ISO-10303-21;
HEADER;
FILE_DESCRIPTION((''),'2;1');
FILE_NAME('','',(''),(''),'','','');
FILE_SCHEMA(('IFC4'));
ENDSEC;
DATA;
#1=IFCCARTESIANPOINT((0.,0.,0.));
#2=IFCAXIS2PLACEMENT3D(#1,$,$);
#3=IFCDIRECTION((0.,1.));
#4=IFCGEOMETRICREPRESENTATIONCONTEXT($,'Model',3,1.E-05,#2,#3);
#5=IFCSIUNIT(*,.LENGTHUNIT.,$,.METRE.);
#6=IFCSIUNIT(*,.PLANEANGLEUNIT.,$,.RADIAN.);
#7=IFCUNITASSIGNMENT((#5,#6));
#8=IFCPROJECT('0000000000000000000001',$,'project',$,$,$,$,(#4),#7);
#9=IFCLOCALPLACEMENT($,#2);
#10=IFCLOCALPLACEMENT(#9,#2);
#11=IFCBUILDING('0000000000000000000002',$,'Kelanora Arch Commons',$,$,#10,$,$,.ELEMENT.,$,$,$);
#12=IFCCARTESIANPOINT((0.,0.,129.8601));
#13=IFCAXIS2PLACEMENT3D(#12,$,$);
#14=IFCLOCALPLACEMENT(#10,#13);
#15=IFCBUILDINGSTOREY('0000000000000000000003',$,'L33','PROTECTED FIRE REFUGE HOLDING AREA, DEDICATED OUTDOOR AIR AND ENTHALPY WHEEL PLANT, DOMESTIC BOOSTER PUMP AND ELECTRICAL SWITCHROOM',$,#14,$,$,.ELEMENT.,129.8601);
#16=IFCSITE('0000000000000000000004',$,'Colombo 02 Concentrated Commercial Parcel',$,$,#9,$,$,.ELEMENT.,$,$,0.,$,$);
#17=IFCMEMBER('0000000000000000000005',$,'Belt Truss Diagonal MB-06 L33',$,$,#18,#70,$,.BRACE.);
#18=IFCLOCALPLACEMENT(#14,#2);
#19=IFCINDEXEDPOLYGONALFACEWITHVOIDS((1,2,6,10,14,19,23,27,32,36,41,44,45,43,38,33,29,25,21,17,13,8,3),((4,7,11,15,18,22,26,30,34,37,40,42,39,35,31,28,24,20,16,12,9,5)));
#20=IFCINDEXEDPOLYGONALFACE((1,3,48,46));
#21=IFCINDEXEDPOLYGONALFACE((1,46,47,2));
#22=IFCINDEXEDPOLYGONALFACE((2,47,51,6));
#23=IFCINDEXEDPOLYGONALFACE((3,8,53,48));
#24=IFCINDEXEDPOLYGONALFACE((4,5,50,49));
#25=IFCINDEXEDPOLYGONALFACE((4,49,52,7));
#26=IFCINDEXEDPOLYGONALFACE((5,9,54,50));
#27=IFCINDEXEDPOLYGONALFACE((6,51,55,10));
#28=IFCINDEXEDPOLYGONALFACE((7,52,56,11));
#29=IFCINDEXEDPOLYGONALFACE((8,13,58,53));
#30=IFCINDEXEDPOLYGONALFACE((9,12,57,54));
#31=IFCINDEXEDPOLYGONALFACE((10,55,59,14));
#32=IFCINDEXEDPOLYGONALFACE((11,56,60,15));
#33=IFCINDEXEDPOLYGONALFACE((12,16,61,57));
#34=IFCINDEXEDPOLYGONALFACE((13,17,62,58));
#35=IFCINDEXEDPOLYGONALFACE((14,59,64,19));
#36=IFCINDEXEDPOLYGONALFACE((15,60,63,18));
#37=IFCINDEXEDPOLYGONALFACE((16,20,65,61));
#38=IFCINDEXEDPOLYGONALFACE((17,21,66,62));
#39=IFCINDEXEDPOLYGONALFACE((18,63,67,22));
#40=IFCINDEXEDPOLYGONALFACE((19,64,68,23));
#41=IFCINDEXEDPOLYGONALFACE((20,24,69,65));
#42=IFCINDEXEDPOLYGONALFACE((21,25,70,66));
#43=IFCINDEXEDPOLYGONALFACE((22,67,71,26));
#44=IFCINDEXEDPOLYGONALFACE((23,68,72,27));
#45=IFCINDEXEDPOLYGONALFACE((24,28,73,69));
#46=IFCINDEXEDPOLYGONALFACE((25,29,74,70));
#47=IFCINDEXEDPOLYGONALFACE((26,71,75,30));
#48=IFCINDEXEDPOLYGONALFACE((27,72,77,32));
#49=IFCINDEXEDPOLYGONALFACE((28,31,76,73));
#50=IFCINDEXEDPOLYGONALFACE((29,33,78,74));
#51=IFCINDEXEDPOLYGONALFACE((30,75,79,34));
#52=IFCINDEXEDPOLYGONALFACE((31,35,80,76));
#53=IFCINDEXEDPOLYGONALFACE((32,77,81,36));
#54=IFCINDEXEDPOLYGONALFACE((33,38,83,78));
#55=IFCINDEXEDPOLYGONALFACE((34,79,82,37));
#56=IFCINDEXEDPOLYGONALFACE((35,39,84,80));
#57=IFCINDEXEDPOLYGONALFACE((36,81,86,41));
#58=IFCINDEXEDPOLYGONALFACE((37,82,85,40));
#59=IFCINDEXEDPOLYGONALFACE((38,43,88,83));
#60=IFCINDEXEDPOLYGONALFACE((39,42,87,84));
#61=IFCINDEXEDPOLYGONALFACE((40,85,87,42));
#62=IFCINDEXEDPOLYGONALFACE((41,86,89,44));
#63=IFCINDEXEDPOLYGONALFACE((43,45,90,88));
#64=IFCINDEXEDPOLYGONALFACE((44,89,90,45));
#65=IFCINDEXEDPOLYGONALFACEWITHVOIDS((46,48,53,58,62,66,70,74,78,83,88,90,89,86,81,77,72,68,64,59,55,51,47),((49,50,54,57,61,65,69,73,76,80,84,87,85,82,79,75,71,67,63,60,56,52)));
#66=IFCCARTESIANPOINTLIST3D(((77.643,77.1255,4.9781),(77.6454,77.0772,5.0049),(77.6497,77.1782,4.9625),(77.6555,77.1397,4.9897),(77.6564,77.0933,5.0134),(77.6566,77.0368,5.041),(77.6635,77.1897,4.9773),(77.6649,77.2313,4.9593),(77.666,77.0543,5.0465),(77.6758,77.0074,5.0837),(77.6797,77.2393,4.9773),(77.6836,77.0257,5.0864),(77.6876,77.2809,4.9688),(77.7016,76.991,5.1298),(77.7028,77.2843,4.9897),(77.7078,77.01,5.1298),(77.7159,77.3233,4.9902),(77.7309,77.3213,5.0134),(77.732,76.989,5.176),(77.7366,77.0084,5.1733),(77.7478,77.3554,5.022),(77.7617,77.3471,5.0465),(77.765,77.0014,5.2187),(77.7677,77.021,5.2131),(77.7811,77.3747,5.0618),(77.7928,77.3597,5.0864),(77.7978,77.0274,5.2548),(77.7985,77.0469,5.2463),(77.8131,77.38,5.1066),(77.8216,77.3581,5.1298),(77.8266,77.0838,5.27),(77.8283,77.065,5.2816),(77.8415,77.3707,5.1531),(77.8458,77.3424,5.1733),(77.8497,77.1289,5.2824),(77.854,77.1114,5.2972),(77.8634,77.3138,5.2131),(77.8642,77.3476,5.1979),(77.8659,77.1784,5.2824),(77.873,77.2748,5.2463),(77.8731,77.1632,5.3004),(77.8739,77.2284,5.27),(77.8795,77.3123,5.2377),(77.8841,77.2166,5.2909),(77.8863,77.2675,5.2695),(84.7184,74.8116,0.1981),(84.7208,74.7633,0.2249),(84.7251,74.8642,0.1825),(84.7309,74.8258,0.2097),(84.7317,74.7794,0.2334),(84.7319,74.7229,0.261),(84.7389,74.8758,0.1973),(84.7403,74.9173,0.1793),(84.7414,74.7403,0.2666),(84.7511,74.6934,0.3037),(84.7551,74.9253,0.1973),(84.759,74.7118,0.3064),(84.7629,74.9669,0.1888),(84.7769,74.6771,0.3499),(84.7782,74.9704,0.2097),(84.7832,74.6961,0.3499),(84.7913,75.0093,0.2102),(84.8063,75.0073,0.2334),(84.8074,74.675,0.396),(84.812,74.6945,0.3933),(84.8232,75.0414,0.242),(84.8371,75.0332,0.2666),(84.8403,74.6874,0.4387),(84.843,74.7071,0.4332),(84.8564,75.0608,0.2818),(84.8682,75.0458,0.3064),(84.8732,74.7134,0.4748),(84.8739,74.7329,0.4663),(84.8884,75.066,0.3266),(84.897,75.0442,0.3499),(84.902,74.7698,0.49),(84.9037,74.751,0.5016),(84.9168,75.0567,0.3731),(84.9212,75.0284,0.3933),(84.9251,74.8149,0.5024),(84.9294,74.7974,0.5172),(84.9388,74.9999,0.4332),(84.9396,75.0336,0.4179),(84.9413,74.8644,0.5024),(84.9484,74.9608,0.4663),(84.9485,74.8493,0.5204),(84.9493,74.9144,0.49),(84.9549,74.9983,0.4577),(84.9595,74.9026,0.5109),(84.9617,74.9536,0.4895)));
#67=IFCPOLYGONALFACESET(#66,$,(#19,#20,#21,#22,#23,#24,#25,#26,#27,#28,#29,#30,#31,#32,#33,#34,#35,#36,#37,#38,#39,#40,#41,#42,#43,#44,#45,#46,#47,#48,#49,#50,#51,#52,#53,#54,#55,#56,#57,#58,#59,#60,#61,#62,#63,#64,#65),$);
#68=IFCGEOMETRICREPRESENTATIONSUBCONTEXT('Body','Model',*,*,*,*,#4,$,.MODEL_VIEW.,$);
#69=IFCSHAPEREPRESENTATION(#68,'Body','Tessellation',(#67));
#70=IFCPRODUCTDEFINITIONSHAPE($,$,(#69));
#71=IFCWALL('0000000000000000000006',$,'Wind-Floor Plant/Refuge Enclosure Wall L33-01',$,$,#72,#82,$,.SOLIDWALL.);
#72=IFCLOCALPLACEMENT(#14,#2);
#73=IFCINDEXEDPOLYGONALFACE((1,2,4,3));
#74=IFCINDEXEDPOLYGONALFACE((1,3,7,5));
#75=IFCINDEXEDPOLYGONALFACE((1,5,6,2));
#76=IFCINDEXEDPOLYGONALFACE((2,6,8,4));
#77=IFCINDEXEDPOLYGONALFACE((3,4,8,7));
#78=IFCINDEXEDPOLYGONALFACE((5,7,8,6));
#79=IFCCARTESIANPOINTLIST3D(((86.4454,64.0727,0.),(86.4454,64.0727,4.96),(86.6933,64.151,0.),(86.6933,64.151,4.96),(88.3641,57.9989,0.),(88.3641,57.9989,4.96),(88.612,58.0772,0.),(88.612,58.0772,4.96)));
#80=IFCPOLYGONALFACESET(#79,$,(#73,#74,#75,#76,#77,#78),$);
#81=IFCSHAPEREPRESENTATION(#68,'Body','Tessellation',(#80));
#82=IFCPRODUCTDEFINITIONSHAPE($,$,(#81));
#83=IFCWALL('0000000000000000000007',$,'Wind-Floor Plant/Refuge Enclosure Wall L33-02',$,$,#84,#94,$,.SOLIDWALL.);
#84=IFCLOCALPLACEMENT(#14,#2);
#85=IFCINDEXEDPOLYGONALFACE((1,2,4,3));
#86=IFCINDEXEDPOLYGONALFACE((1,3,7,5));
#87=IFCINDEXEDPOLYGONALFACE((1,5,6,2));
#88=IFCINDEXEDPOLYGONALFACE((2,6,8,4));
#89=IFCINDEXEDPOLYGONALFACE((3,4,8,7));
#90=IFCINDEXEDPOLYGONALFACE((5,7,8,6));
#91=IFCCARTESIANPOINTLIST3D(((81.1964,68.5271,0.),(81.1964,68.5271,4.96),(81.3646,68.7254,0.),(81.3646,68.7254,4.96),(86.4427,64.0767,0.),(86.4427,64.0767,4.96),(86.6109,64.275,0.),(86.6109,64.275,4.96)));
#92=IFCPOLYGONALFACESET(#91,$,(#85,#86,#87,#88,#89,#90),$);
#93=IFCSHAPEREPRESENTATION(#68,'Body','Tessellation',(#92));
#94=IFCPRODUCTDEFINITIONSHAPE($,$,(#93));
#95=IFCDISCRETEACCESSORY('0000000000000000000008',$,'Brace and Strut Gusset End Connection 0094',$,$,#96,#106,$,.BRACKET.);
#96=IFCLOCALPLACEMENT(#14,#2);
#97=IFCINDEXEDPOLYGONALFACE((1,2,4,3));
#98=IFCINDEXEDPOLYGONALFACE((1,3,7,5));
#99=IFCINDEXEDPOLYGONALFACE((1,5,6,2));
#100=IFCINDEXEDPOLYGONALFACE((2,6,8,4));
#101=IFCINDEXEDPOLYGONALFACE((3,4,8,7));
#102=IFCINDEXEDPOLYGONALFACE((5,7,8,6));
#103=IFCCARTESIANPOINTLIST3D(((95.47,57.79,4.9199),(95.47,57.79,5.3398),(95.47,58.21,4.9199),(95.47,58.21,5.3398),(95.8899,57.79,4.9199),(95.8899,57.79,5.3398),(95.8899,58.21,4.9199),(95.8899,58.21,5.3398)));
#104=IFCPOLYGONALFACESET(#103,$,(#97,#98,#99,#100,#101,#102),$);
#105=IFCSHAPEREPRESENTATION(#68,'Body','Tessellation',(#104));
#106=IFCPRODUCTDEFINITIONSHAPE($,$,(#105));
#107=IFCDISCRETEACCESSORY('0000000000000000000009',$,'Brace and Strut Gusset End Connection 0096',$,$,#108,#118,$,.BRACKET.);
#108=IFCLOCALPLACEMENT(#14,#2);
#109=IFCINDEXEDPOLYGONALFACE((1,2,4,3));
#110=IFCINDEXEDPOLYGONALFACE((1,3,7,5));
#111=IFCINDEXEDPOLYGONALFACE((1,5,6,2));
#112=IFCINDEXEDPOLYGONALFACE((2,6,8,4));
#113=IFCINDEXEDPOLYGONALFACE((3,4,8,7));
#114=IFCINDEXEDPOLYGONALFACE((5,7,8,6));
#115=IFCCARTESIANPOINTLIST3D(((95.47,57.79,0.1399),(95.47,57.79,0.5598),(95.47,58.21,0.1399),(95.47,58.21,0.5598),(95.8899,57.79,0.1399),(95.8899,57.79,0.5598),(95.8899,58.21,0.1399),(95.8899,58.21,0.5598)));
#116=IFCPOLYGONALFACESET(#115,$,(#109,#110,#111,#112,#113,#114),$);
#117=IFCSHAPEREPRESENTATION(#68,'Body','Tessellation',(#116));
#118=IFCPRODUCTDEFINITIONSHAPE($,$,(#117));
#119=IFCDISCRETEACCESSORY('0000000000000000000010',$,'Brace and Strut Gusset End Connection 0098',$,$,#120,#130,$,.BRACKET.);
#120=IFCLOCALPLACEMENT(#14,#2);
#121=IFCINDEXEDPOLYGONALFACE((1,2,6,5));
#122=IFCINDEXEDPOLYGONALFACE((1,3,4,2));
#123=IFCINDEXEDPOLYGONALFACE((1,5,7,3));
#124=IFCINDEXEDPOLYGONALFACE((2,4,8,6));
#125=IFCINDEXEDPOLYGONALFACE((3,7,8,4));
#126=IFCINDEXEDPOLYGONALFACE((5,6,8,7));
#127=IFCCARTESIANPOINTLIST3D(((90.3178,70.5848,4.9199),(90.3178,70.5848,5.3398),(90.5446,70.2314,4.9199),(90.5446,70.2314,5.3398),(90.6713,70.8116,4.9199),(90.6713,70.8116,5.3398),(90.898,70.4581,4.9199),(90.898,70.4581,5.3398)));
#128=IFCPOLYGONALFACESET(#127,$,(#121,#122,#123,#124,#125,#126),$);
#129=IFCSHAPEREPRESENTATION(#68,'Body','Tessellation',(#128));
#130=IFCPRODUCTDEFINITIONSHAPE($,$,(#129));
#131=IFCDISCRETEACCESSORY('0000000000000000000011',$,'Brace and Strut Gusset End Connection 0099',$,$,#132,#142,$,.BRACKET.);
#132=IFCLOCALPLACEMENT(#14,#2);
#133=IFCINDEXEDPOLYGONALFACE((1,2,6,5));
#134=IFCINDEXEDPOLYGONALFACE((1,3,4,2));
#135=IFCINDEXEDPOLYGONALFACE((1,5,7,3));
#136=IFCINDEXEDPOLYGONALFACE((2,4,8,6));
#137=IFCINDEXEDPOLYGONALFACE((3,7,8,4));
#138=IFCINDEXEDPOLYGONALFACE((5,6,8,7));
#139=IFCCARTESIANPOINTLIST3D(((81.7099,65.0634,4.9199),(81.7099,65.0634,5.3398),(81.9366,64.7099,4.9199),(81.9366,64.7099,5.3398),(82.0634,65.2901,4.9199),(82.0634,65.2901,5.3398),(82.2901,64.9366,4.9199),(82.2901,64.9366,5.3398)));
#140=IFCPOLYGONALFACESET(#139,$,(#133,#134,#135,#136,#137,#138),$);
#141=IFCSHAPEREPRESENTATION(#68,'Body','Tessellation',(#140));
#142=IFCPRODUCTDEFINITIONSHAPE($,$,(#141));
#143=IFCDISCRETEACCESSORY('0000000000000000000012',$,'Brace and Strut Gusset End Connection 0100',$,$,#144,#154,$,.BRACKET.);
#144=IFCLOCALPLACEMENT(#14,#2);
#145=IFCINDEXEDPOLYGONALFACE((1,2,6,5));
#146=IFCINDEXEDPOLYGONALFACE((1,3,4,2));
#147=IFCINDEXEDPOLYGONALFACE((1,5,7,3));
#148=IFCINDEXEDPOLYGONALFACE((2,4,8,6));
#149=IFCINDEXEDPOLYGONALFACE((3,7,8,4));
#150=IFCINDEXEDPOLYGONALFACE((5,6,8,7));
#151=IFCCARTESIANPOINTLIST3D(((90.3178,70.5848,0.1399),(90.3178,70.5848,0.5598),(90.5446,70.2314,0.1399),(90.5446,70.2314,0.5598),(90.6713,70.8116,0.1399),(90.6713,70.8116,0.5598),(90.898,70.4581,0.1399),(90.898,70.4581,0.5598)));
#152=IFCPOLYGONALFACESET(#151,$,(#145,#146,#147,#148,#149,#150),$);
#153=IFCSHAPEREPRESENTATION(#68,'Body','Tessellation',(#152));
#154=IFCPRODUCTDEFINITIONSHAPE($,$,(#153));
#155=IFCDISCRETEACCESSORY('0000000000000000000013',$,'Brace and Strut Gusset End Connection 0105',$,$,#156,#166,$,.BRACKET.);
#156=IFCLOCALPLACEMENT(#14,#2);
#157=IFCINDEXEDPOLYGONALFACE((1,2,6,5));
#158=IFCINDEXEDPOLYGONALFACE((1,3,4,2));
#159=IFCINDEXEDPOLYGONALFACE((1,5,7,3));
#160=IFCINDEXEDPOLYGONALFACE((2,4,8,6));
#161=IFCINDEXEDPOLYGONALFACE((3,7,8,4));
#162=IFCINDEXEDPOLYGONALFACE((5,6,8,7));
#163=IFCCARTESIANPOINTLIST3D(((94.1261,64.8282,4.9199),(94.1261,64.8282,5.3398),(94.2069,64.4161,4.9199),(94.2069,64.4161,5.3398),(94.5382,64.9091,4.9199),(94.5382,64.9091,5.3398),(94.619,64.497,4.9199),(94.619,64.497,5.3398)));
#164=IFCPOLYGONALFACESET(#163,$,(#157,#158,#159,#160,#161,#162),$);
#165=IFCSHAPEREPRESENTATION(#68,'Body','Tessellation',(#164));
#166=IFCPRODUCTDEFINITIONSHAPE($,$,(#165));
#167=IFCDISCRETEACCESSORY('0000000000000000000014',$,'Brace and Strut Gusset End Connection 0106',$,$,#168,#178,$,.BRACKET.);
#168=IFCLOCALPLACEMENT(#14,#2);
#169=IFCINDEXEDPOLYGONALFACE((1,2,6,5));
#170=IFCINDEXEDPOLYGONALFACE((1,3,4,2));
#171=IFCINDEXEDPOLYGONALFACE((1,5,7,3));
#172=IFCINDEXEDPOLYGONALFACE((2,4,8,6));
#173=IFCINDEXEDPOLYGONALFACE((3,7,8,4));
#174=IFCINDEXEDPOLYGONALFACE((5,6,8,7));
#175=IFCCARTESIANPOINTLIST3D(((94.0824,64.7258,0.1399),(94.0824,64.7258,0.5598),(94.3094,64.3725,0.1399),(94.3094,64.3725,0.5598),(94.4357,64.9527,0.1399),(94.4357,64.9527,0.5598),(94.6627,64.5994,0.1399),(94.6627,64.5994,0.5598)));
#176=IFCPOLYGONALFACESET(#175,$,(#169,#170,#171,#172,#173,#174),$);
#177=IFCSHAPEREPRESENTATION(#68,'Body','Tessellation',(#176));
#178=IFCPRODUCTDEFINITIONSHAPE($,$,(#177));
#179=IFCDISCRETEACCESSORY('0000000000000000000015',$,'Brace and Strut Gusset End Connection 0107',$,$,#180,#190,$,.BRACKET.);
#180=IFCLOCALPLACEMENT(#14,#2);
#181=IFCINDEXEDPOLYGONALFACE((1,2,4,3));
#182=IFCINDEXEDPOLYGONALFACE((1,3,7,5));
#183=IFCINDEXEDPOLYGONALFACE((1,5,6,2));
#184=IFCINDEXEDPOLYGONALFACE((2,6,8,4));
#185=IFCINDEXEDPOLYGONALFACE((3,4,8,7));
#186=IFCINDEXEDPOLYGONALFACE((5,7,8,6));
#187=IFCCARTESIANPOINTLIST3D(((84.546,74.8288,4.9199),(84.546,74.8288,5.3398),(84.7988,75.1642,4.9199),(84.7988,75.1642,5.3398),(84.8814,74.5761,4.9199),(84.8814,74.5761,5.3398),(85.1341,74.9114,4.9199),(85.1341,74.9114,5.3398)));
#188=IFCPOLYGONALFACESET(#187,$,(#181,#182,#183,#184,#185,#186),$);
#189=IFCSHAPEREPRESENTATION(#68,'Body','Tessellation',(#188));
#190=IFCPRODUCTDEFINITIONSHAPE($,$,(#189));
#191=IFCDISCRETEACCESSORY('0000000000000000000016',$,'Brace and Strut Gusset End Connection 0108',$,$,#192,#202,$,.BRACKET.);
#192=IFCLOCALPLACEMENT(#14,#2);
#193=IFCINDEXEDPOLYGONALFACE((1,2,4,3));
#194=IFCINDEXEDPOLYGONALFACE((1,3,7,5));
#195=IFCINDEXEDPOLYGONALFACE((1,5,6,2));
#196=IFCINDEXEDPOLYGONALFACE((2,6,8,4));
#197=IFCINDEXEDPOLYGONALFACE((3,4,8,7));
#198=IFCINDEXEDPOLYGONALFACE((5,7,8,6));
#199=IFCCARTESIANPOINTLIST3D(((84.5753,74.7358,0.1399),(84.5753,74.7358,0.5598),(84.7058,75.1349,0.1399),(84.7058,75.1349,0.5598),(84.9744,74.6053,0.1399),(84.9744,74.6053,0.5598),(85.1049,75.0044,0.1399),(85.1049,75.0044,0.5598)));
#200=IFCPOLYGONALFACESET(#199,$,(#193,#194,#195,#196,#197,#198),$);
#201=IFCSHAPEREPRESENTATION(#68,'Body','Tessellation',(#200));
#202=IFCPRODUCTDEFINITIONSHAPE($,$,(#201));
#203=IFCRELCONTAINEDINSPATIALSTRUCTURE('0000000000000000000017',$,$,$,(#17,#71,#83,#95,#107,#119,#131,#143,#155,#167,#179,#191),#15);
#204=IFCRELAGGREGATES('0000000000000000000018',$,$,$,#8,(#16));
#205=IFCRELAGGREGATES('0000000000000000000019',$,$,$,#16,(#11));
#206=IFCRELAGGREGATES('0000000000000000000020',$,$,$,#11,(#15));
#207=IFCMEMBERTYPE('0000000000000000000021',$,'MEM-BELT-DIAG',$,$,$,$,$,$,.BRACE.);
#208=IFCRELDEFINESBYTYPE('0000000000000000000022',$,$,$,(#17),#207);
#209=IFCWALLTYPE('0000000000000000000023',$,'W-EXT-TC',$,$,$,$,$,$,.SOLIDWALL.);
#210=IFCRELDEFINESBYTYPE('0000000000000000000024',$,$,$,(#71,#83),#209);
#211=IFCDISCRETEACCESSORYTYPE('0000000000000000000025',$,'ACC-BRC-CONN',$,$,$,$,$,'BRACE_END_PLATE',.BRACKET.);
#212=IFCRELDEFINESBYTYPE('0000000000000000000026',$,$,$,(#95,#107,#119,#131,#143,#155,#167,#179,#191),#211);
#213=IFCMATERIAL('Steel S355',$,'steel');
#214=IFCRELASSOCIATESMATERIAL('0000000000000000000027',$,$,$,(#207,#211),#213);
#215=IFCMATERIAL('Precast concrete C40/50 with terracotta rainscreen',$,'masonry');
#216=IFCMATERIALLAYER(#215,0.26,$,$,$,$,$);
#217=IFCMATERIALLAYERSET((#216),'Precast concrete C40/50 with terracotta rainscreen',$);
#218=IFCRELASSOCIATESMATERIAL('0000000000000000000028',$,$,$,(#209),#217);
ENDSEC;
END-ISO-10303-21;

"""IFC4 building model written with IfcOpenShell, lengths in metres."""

from ifc_helpers import new_model, si_unit, direction, frame, frame_2d, origin, origin_2d, place, context, subcontext, project, spatial, rectangle, hollow_circle, extrude, source, transform, mapped, material, layer, layer_set, material_profile, profile_set, type_object, element, save


model = new_model("IFC4")

# Units and contexts
model_context = context("Model", 3, precision=1e-05, world=origin(), true_north=direction((0.0, 1.0)))
body_context = subcontext(model_context, "Body", "Model", "MODEL_VIEW")
ifc_project = project(units=[si_unit("LENGTHUNIT", "METRE"), si_unit("PLANEANGLEUNIT", "RADIAN")], contexts=[model_context])

# Site, building, storey
site_placement = place(None, origin())
site = spatial("IfcSite", under=ifc_project, at=site_placement, Name="Colombo 02 Concentrated Commercial Parcel", CompositionType="ELEMENT", RefElevation=0.0)
building_placement = place(site_placement, origin())
building = spatial("IfcBuilding", under=site, at=building_placement, Name="Kelanora Arch Commons", CompositionType="ELEMENT")
storey_placement = place(building_placement, frame((0.0, 0.0, 129.8601)))
storey = spatial("IfcBuildingStorey", under=building, at=storey_placement, Name="L33", Description="PROTECTED FIRE REFUGE HOLDING AREA, DEDICATED OUTDOOR AIR AND ENTHALPY WHEEL PLANT, DOMESTIC BOOSTER PUMP AND ELECTRICAL SWITCHROOM", CompositionType="ELEMENT", Elevation=129.8601)

# Shared definitions
ifc_material_1 = material(Name="Steel S355", Category="steel")

# Member
ifc_material_profile_1 = material_profile(ifc_material_1, hollow_circle(Radius=0.2031, WallThickness=0.02, at=origin_2d()), Name="CHS406.4x20")
ifc_profile_set_1 = profile_set([ifc_material_profile_1], Name="Steel S355")
member_type = type_object("IfcMemberType", Name="MEM-BELT-DIAG", PredefinedType="BRACE", material=ifc_profile_set_1)
member_1_placement = place(storey_placement, frame((84.8401, 74.8701, 0.3499), z_axis=(-0.799779, 0.261561, 0.540315), x_axis=(-0.310841, -0.950462, 0.0)))
element("IfcMember", 1, at=member_1_placement, inside=storey, type_object=member_type, Name="Belt Truss Diagonal MB-06 L33", PredefinedType="BRACE", context=body_context, shape_type="SweptSolid", body=[
    extrude(hollow_circle(Radius=0.2031, WallThickness=0.02, at=origin_2d()), origin(), (0.0, 0.0, 1.0), 8.8467),
])

# Walls
ifc_material_2 = material(Name="Precast concrete C40/50 with terracotta rainscreen", Category="masonry")
ifc_layer = layer(ifc_material_2, 0.26)
ifc_layer_set = layer_set([ifc_layer], Name="Precast concrete C40/50 with terracotta rainscreen")
wall_type = type_object("IfcWallType", Name="W-EXT-TC", PredefinedType="SOLIDWALL", material=ifc_layer_set)
wall_1_placement = place(storey_placement, frame((88.488, 58.0381, 0.0), z_axis=(0.0, 0.0, 1.0), x_axis=(-0.301229, 0.953552, 0.0)))
element("IfcWall", 2, at=wall_1_placement, inside=storey, type_object=wall_type, Name="Wind-Floor Plant/Refuge Enclosure Wall L33-01", PredefinedType="SOLIDWALL", context=body_context, shape_type="SweptSolid", body=[
    extrude(rectangle(XDim=6.3696, YDim=0.26, at=frame_2d((3.1848, 0.0))), origin(), (0.0, 0.0, 1.0), 4.96),
])
wall_2_placement = place(storey_placement, frame((86.5269, 64.1758, 0.0), z_axis=(0.0, 0.0, 1.0), x_axis=(-0.762581, 0.646893, 0.0)))
element("IfcWall", 3, at=wall_2_placement, inside=storey, type_object=wall_type, Name="Wind-Floor Plant/Refuge Enclosure Wall L33-02", PredefinedType="SOLIDWALL", context=body_context, shape_type="SweptSolid", body=[
    extrude(rectangle(XDim=6.8796, YDim=0.26, at=frame_2d((3.4399, 0.0))), origin(), (0.0, 0.0, 1.0), 4.96),
])

# Discrete accessories
discrete_accessory_type = type_object("IfcDiscreteAccessoryType", Name="ACC-BRC-CONN", ElementType="BRACE_END_PLATE", PredefinedType="BRACKET", material=ifc_material_1)
shared_shape = source(origin(), body_context, "Body", "SweptSolid", [
    extrude(rectangle(XDim=0.4199, YDim=0.4199, at=origin_2d()), origin(), (0.0, 0.0, 1.0), 0.4199),
])
for number, where, z_axis, x_axis, name in (
    (4, (95.6799, 58.0, 4.9199), (0.0, 0.0, 1.0), (1.0, 0.0, 0.0), "Brace and Strut Gusset End Connection 0094"),
    (5, (95.6799, 58.0, 0.1399), (0.0, 0.0, 1.0), (1.0, 0.0, 0.0), "Brace and Strut Gusset End Connection 0096"),
    (6, (90.6079, 70.5215, 4.9199), (0.0, 0.0, 1.0), (0.841699, 0.539947, 0.0), "Brace and Strut Gusset End Connection 0098"),
    (7, (82.0, 65.0, 4.9199), (0.0, 0.0, 1.0), (0.841699, 0.539947, 0.0), "Brace and Strut Gusset End Connection 0099"),
    (8, (90.6079, 70.5215, 0.1399), (0.0, 0.0, 1.0), (0.841699, 0.539947, 0.0), "Brace and Strut Gusset End Connection 0100"),
    (9, (94.3726, 64.6626, 4.9199), (0.0, 0.0, 1.0), (-0.192522, 0.981293, 0.0), "Brace and Strut Gusset End Connection 0105"),
    (10, (94.3726, 64.6626, 0.1399), (0.0, 0.0, 1.0), (-0.540534, 0.841322, 0.0), "Brace and Strut Gusset End Connection 0106"),
    (11, (84.8401, 74.8701, 4.9199), (0.0, 0.0, 1.0), (-0.79853, 0.601954, 0.0), "Brace and Strut Gusset End Connection 0107"),
    (12, (84.8401, 74.8701, 0.1399), (0.0, 0.0, 1.0), (-0.950461, 0.310842, 0.0), "Brace and Strut Gusset End Connection 0108"),
):
    element("IfcDiscreteAccessory", number, at=place(storey_placement, frame(where, z_axis=z_axis, x_axis=x_axis)), inside=storey, type_object=discrete_accessory_type, Name=name, PredefinedType="BRACKET", context=body_context, shape_type="MappedRepresentation", body=[
        mapped(shared_shape, transform((0.0, 0.0, 0.0), scale=1.0)),
    ])

save(model, "model.ifc")
